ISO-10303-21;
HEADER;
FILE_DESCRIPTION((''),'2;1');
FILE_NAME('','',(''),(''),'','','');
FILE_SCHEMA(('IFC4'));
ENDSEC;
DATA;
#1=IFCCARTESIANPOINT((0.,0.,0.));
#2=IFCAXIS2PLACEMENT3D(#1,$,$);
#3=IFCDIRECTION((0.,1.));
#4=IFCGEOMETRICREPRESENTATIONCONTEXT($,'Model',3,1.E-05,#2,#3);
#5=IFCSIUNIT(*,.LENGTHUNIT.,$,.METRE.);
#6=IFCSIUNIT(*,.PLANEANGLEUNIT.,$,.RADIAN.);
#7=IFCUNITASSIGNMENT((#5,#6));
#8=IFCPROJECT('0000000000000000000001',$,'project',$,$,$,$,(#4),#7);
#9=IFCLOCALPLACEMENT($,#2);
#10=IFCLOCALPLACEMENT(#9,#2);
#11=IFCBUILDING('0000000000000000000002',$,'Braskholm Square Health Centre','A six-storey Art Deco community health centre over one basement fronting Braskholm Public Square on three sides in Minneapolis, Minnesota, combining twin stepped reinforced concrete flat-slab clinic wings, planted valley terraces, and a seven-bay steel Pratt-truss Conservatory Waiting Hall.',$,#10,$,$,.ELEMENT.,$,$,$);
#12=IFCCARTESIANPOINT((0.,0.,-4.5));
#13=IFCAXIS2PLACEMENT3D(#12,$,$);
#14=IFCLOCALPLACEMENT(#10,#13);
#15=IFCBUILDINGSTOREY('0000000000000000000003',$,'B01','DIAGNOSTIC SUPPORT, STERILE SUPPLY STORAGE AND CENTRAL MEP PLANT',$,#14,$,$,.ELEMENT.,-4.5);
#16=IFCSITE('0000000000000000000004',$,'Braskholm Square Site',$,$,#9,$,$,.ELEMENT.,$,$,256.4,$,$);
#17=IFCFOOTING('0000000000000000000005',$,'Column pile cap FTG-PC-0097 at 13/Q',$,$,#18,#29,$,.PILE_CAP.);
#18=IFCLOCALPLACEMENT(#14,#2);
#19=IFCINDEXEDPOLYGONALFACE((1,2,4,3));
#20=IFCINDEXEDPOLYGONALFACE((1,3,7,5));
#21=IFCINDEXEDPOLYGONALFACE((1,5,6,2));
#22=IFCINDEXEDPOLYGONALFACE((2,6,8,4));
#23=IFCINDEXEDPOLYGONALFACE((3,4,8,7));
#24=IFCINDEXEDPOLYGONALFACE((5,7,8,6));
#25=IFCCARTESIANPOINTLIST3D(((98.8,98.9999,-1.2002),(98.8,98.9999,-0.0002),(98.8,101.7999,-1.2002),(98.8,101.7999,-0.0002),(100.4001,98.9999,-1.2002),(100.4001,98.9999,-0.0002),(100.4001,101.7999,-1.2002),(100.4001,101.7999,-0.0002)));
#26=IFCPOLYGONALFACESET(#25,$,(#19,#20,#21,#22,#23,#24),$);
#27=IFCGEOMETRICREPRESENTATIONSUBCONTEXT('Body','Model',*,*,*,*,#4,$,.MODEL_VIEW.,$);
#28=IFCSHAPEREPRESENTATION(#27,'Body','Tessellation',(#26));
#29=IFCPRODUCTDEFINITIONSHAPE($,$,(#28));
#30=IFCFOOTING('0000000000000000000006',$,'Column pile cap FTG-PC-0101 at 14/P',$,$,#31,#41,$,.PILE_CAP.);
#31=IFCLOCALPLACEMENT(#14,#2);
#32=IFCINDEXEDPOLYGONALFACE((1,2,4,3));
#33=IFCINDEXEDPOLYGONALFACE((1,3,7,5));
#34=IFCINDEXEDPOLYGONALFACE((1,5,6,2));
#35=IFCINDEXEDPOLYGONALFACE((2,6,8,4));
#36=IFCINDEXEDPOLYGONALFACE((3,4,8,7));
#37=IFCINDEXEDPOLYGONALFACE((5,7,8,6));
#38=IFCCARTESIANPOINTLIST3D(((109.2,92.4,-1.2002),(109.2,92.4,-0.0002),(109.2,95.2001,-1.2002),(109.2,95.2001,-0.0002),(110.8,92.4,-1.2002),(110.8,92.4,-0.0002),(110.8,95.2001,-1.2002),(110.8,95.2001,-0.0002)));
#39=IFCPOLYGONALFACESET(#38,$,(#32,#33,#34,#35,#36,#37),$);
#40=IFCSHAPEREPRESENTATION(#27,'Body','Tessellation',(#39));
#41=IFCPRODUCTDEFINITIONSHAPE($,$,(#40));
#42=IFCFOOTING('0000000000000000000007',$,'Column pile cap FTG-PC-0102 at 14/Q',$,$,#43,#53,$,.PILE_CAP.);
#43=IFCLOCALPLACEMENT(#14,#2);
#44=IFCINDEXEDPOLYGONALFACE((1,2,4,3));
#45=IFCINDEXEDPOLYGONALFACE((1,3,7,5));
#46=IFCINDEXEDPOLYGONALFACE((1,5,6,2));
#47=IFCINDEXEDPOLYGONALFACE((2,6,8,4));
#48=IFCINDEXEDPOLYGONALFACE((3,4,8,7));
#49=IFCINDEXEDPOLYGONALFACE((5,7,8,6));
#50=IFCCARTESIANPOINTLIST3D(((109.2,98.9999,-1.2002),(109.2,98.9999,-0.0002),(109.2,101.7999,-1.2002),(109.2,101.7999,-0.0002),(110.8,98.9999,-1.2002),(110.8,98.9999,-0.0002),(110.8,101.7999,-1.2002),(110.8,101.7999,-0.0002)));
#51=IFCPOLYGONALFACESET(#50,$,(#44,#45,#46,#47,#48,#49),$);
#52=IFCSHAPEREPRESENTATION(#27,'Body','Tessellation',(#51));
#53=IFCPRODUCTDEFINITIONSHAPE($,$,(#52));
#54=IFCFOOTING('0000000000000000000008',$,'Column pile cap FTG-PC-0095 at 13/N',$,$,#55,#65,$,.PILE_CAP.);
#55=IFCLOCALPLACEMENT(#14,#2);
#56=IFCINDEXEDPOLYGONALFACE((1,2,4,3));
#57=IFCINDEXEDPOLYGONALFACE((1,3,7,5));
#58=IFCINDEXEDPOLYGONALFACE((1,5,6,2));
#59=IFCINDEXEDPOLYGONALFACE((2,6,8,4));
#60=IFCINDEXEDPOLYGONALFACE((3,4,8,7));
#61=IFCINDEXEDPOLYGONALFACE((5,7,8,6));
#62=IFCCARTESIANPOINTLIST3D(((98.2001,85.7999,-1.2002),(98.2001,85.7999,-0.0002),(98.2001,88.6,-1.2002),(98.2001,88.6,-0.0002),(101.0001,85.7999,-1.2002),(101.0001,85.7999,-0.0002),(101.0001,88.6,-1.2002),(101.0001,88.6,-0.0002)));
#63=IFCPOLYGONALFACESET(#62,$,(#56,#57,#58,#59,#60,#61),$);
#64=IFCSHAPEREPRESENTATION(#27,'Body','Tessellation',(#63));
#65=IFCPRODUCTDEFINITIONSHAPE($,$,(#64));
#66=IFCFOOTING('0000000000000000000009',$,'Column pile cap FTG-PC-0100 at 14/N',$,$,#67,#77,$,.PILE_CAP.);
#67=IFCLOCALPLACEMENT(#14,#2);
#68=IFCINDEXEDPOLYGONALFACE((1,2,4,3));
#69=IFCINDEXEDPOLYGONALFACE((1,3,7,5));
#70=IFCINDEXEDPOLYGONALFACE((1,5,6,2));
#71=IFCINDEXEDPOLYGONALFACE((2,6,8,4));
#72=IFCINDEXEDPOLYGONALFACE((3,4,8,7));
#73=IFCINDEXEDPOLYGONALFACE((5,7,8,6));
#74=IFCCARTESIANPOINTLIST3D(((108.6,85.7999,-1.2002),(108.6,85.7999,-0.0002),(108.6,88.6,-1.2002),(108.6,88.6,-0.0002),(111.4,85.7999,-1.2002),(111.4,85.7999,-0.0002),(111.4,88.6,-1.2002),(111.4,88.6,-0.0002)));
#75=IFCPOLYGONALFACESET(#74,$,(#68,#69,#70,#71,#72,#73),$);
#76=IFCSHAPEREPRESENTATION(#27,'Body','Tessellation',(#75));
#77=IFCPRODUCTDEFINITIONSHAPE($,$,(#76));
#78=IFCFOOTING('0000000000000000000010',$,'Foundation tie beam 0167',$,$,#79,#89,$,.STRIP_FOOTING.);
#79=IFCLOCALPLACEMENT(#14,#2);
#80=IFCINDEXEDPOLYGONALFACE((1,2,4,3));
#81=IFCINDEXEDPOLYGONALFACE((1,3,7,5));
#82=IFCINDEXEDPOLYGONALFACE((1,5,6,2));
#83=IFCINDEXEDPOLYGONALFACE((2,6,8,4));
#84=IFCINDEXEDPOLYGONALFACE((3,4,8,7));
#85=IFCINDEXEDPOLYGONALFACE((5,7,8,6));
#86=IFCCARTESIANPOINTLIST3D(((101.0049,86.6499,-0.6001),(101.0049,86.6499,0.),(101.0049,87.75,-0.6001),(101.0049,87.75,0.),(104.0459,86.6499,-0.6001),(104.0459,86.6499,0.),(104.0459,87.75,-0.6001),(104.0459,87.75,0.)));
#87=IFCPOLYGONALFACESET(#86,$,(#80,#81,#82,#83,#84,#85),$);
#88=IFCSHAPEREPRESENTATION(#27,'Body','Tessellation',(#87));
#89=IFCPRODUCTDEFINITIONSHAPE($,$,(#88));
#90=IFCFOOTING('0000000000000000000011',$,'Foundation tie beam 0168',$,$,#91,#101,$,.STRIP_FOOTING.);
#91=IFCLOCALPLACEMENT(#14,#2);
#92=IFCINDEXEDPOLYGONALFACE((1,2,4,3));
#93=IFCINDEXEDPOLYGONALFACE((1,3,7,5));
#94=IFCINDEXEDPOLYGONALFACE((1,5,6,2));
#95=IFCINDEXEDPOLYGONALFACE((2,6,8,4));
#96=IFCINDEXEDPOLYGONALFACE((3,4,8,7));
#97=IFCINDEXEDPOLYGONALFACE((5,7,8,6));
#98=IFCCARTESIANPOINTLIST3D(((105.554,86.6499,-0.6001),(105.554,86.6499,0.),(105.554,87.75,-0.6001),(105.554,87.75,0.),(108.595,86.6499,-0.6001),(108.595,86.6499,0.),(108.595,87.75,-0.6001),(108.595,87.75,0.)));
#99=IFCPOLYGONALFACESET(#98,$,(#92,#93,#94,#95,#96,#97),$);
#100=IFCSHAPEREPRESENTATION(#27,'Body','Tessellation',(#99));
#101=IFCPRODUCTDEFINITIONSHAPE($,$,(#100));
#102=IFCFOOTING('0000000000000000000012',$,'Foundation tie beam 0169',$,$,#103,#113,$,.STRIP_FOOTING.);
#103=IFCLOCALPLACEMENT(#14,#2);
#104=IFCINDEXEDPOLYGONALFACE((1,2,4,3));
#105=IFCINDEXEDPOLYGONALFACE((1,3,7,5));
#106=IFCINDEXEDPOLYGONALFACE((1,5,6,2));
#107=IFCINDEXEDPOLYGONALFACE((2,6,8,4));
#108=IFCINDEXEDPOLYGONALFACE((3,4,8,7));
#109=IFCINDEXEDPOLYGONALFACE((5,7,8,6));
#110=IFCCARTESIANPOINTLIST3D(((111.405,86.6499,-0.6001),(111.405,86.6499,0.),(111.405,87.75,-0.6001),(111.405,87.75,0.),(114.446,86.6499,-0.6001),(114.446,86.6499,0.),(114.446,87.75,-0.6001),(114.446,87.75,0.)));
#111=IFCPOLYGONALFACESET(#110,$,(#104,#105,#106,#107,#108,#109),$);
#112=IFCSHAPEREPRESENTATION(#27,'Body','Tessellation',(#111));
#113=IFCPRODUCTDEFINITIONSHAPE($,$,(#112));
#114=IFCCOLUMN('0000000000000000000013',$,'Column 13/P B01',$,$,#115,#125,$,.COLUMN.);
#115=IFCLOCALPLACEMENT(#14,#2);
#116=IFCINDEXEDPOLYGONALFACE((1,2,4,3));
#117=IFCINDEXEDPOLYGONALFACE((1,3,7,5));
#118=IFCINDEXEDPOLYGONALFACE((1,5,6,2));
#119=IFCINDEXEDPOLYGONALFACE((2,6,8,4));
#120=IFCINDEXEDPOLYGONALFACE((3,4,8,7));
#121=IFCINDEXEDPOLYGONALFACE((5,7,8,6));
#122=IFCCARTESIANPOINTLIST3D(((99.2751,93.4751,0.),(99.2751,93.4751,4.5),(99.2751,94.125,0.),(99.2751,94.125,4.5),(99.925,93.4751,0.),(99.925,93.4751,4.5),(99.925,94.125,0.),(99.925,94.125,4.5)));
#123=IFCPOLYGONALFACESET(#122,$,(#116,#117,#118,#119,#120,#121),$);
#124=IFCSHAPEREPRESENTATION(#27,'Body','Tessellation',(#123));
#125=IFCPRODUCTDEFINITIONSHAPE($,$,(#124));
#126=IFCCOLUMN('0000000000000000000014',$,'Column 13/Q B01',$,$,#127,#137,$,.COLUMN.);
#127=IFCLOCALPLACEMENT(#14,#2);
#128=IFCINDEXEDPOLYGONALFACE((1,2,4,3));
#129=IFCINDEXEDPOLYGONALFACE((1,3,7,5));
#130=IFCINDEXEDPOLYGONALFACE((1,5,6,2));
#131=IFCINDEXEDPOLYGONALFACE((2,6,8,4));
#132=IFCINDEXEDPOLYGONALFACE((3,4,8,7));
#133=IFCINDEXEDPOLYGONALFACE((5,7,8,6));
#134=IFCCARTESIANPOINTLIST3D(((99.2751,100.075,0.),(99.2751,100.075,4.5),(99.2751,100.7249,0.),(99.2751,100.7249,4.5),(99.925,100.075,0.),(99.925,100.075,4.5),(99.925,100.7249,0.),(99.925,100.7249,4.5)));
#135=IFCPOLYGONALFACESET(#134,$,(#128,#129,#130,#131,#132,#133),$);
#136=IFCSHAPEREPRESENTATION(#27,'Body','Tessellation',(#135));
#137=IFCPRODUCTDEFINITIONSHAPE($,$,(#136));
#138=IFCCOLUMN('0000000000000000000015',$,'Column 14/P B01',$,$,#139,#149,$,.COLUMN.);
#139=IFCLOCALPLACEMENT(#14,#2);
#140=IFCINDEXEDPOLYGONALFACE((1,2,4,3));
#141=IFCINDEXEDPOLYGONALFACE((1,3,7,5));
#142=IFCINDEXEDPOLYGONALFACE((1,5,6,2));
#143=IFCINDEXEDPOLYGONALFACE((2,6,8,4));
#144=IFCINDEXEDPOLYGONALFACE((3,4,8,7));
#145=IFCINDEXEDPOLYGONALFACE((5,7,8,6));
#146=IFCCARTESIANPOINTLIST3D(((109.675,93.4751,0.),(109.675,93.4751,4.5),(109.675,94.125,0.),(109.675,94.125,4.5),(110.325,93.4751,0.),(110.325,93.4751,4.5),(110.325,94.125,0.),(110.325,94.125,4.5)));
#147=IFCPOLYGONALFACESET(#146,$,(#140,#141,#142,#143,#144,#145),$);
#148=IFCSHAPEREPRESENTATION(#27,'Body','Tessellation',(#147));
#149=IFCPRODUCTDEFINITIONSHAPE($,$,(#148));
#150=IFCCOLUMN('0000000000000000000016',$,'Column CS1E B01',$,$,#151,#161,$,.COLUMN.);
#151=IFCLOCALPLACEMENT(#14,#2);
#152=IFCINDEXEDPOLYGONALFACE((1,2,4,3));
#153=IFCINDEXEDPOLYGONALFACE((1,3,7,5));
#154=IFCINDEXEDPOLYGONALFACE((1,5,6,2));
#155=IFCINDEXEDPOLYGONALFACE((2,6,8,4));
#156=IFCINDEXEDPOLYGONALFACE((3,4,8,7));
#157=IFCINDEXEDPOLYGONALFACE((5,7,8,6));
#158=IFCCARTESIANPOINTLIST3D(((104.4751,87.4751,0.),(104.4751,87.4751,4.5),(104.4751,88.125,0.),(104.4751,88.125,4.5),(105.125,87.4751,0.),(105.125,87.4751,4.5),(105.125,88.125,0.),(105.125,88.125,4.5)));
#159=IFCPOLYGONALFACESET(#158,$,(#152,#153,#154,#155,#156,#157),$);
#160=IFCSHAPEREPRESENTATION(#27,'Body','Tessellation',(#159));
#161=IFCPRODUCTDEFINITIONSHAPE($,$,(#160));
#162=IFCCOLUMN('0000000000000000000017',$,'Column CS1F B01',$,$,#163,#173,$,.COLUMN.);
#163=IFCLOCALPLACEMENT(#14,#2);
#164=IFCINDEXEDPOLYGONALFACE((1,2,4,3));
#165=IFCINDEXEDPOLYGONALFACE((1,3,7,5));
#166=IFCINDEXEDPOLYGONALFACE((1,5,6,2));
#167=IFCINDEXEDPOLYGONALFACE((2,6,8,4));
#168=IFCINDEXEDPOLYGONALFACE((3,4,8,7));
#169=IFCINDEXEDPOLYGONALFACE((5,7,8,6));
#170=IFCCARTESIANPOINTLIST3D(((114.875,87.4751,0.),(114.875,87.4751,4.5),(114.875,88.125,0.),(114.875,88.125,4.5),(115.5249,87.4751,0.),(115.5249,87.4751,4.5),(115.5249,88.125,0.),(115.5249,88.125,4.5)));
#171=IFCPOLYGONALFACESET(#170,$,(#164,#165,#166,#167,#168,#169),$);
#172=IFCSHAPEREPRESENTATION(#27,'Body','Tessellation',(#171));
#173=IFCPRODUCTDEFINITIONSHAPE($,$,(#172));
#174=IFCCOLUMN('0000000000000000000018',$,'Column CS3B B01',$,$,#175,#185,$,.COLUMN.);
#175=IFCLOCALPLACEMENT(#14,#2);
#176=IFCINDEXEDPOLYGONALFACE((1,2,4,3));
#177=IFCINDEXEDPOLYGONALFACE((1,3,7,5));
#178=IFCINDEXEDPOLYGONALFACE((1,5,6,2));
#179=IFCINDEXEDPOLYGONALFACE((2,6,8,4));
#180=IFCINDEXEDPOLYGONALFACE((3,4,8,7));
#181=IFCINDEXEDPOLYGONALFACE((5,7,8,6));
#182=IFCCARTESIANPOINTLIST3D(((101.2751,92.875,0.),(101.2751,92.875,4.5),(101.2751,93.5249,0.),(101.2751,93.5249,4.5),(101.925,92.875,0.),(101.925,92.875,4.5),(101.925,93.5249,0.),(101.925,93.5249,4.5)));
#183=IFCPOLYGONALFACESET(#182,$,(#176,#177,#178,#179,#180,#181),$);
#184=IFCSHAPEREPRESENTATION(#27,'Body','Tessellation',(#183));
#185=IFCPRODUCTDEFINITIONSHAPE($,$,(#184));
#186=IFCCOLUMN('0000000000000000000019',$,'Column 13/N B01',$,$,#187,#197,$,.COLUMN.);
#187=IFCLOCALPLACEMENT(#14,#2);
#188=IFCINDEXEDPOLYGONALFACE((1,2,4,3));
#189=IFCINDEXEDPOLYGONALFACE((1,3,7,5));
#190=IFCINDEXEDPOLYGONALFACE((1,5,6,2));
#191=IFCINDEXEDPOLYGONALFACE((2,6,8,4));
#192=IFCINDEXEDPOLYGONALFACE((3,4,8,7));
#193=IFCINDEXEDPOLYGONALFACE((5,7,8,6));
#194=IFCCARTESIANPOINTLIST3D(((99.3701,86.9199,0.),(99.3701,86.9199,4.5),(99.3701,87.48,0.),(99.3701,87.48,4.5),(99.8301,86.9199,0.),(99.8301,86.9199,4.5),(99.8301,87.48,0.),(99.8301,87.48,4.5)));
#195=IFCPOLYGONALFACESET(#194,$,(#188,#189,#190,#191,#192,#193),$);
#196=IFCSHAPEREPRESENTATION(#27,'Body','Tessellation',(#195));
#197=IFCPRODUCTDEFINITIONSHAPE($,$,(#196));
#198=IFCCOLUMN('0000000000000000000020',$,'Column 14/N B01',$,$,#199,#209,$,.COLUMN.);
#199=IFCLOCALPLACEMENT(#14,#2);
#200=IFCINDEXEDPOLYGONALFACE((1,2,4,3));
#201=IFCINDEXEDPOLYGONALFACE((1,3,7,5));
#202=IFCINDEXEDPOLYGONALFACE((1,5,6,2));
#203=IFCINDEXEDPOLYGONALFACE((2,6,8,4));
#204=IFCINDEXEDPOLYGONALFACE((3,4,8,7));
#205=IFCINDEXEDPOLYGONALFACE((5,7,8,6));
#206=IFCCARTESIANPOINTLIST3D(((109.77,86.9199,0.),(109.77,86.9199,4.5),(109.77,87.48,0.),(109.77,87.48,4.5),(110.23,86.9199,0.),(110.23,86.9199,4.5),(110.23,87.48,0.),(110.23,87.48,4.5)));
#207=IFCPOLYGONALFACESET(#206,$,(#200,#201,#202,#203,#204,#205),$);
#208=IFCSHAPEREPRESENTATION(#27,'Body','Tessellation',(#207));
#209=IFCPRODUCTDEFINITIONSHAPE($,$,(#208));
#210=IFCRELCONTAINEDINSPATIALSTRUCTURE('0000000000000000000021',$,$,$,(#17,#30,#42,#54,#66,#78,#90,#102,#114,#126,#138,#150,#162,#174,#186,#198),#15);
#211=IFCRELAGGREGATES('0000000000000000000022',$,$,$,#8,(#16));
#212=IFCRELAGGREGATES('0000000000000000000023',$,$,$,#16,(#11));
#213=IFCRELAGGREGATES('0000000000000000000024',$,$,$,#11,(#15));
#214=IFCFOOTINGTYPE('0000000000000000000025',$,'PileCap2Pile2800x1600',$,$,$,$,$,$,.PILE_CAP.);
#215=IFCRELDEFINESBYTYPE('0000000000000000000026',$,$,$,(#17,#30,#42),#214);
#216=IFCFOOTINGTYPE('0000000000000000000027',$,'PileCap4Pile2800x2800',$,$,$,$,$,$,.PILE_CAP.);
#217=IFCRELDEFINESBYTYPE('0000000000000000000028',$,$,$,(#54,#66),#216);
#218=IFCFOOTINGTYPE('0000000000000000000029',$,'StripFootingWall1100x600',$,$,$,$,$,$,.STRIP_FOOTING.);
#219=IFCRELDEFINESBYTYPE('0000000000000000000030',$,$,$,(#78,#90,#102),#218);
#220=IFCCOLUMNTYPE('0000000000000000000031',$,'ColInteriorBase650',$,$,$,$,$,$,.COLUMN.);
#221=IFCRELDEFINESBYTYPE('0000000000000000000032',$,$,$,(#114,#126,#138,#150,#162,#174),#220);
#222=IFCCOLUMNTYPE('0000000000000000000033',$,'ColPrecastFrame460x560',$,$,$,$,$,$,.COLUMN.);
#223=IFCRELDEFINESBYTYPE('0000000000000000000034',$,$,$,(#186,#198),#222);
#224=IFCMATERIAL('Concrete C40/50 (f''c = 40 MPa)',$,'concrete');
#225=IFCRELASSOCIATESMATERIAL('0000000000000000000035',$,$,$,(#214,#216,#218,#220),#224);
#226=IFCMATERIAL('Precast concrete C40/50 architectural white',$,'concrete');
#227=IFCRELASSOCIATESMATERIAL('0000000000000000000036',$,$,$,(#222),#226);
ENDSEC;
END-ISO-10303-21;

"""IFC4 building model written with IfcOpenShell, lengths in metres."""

from ifc_helpers import new_model, si_unit, direction, frame, origin, origin_2d, place, context, subcontext, project, spatial, rectangle, extrude, material, material_profile, profile_set, type_object, element, save


model = new_model("IFC4")

# Units and contexts
model_context = context("Model", 3, precision=1e-05, world=origin(), true_north=direction((0.0, 1.0)))
body_context = subcontext(model_context, "Body", "Model", "MODEL_VIEW")
ifc_project = project(units=[si_unit("LENGTHUNIT", "METRE"), si_unit("PLANEANGLEUNIT", "RADIAN")], contexts=[model_context])

# Site, building, storey
site_placement = place(None, origin())
site = spatial("IfcSite", under=ifc_project, at=site_placement, Name="Braskholm Square Site", CompositionType="ELEMENT", RefElevation=256.4)
building_placement = place(site_placement, origin())
building = spatial("IfcBuilding", under=site, at=building_placement, Name="Braskholm Square Health Centre", Description="A six-storey Art Deco community health centre over one basement fronting Braskholm Public Square on three sides in Minneapolis, Minnesota, combining twin stepped reinforced concrete flat-slab clinic wings, planted valley terraces, and a seven-bay steel Pratt-truss Conservatory Waiting Hall.", CompositionType="ELEMENT")
storey_placement = place(building_placement, frame((0.0, 0.0, -4.5)))
storey = spatial("IfcBuildingStorey", under=building, at=storey_placement, Name="B01", Description="DIAGNOSTIC SUPPORT, STERILE SUPPLY STORAGE AND CENTRAL MEP PLANT", CompositionType="ELEMENT", Elevation=-4.5)

# Shared definitions
ifc_material_1 = material(Name="Concrete C40/50 (f'c = 40 MPa)", Category="concrete")

# Footings
footing_type_1 = type_object("IfcFootingType", Name="PileCap2Pile2800x1600", PredefinedType="PILE_CAP", material=ifc_material_1)
for number, where, z_axis, x_axis, name in (
    (1, (99.6001, 100.3999, -1.2002), (0.0, 0.0, 1.0), (0.0, 1.0, 0.0), "Column pile cap FTG-PC-0097 at 13/Q"),
    (2, (110.0, 93.8, -1.2002), (0.0, 0.0, 1.0), (0.0, 1.0, 0.0), "Column pile cap FTG-PC-0101 at 14/P"),
    (3, (110.0, 100.3999, -1.2002), (0.0, 0.0, 1.0), (0.0, 1.0, 0.0), "Column pile cap FTG-PC-0102 at 14/Q"),
):
    element("IfcFooting", number, at=place(storey_placement, frame(where, z_axis=z_axis, x_axis=x_axis)), inside=storey, type_object=footing_type_1, Name=name, PredefinedType="PILE_CAP", context=body_context, shape_type="SweptSolid", body=[
        extrude(rectangle(XDim=2.8, YDim=1.6001, at=origin_2d()), origin(), (0.0, 0.0, 1.0), 1.2),
    ])
footing_type_2 = type_object("IfcFootingType", Name="PileCap4Pile2800x2800", PredefinedType="PILE_CAP", material=ifc_material_1)
for number, where, z_axis, x_axis, name in (
    (4, (99.6001, 87.2, -1.2002), (0.0, 0.0, 1.0), (1.0, 0.0, 0.0), "Column pile cap FTG-PC-0095 at 13/N"),
    (5, (110.0, 87.2, -1.2002), (0.0, 0.0, 1.0), (1.0, 0.0, 0.0), "Column pile cap FTG-PC-0100 at 14/N"),
):
    element("IfcFooting", number, at=place(storey_placement, frame(where, z_axis=z_axis, x_axis=x_axis)), inside=storey, type_object=footing_type_2, Name=name, PredefinedType="PILE_CAP", context=body_context, shape_type="SweptSolid", body=[
        extrude(rectangle(XDim=2.8, YDim=2.8, at=origin_2d()), origin(), (0.0, 0.0, 1.0), 1.2),
    ])
ifc_material_profile_1 = material_profile(ifc_material_1, rectangle(XDim=1.1001, YDim=0.6001, at=origin_2d()), Name="FTG-1100X600")
ifc_profile_set_1 = profile_set([ifc_material_profile_1], Name="Concrete C40/50 (f'c = 40 MPa)")
footing_type_3 = type_object("IfcFootingType", Name="StripFootingWall1100x600", PredefinedType="STRIP_FOOTING", material=ifc_profile_set_1)
for number, where, z_axis, x_axis, name in (
    (6, (101.0049, 87.2, -0.3), (1.0, 0.0, 0.0), (0.0, 1.0, 0.0), "Foundation tie beam 0167"),
    (7, (105.554, 87.2, -0.3), (1.0, 0.0, 0.0), (0.0, 1.0, 0.0), "Foundation tie beam 0168"),
    (8, (111.405, 87.2, -0.3), (1.0, 0.0, 0.0), (0.0, 1.0, 0.0), "Foundation tie beam 0169"),
):
    element("IfcFooting", number, at=place(storey_placement, frame(where, z_axis=z_axis, x_axis=x_axis)), inside=storey, type_object=footing_type_3, Name=name, PredefinedType="STRIP_FOOTING", context=body_context, shape_type="SweptSolid", body=[
        extrude(rectangle(XDim=1.1001, YDim=0.6001, at=origin_2d()), origin(), (0.0, 0.0, 1.0), 3.041),
    ])

# Columns
ifc_material_profile_2 = material_profile(ifc_material_1, rectangle(XDim=0.6499, YDim=0.6499, at=origin_2d()), Name="RC-650X650")
ifc_profile_set_2 = profile_set([ifc_material_profile_2], Name="Concrete C40/50 (f'c = 40 MPa)")
column_type_1 = type_object("IfcColumnType", Name="ColInteriorBase650", PredefinedType="COLUMN", material=ifc_profile_set_2)
for number, where, z_axis, x_axis, name in (
    (9, (99.6001, 93.8, 0.0), (0.0, 0.0, 1.0), (1.0, 0.0, 0.0), "Column 13/P B01"),
    (10, (99.6001, 100.3999, 0.0), (0.0, 0.0, 1.0), (1.0, 0.0, 0.0), "Column 13/Q B01"),
    (11, (110.0, 93.8, 0.0), (0.0, 0.0, 1.0), (1.0, 0.0, 0.0), "Column 14/P B01"),
    (12, (104.8, 87.8, 0.0), (0.0, 0.0, 1.0), (1.0, 0.0, 0.0), "Column CS1E B01"),
    (13, (115.2, 87.8, 0.0), (0.0, 0.0, 1.0), (1.0, 0.0, 0.0), "Column CS1F B01"),
    (14, (101.6001, 93.2, 0.0), (0.0, 0.0, 1.0), (1.0, 0.0, 0.0), "Column CS3B B01"),
):
    element("IfcColumn", number, at=place(storey_placement, frame(where, z_axis=z_axis, x_axis=x_axis)), inside=storey, type_object=column_type_1, Name=name, PredefinedType="COLUMN", context=body_context, shape_type="SweptSolid", body=[
        extrude(rectangle(XDim=0.6499, YDim=0.6499, at=origin_2d()), origin(), (0.0, 0.0, 1.0), 4.5),
    ])
ifc_material_2 = material(Name="Precast concrete C40/50 architectural white", Category="concrete")
ifc_material_profile_3 = material_profile(ifc_material_2, rectangle(XDim=0.46, YDim=0.5601, at=origin_2d()), Name="RC-460X560")
ifc_profile_set_3 = profile_set([ifc_material_profile_3], Name="Precast concrete C40/50 architectural white")
column_type_2 = type_object("IfcColumnType", Name="ColPrecastFrame460x560", PredefinedType="COLUMN", material=ifc_profile_set_3)
for number, where, z_axis, x_axis, name in (
    (15, (99.6001, 87.2, 0.0), (0.0, 0.0, 1.0), (1.0, 0.0, 0.0), "Column 13/N B01"),
    (16, (110.0, 87.2, 0.0), (0.0, 0.0, 1.0), (1.0, 0.0, 0.0), "Column 14/N B01"),
):
    element("IfcColumn", number, at=place(storey_placement, frame(where, z_axis=z_axis, x_axis=x_axis)), inside=storey, type_object=column_type_2, Name=name, PredefinedType="COLUMN", context=body_context, shape_type="SweptSolid", body=[
        extrude(rectangle(XDim=0.46, YDim=0.5601, at=origin_2d()), origin(), (0.0, 0.0, 1.0), 4.5),
    ])

save(model, "model.ifc")
